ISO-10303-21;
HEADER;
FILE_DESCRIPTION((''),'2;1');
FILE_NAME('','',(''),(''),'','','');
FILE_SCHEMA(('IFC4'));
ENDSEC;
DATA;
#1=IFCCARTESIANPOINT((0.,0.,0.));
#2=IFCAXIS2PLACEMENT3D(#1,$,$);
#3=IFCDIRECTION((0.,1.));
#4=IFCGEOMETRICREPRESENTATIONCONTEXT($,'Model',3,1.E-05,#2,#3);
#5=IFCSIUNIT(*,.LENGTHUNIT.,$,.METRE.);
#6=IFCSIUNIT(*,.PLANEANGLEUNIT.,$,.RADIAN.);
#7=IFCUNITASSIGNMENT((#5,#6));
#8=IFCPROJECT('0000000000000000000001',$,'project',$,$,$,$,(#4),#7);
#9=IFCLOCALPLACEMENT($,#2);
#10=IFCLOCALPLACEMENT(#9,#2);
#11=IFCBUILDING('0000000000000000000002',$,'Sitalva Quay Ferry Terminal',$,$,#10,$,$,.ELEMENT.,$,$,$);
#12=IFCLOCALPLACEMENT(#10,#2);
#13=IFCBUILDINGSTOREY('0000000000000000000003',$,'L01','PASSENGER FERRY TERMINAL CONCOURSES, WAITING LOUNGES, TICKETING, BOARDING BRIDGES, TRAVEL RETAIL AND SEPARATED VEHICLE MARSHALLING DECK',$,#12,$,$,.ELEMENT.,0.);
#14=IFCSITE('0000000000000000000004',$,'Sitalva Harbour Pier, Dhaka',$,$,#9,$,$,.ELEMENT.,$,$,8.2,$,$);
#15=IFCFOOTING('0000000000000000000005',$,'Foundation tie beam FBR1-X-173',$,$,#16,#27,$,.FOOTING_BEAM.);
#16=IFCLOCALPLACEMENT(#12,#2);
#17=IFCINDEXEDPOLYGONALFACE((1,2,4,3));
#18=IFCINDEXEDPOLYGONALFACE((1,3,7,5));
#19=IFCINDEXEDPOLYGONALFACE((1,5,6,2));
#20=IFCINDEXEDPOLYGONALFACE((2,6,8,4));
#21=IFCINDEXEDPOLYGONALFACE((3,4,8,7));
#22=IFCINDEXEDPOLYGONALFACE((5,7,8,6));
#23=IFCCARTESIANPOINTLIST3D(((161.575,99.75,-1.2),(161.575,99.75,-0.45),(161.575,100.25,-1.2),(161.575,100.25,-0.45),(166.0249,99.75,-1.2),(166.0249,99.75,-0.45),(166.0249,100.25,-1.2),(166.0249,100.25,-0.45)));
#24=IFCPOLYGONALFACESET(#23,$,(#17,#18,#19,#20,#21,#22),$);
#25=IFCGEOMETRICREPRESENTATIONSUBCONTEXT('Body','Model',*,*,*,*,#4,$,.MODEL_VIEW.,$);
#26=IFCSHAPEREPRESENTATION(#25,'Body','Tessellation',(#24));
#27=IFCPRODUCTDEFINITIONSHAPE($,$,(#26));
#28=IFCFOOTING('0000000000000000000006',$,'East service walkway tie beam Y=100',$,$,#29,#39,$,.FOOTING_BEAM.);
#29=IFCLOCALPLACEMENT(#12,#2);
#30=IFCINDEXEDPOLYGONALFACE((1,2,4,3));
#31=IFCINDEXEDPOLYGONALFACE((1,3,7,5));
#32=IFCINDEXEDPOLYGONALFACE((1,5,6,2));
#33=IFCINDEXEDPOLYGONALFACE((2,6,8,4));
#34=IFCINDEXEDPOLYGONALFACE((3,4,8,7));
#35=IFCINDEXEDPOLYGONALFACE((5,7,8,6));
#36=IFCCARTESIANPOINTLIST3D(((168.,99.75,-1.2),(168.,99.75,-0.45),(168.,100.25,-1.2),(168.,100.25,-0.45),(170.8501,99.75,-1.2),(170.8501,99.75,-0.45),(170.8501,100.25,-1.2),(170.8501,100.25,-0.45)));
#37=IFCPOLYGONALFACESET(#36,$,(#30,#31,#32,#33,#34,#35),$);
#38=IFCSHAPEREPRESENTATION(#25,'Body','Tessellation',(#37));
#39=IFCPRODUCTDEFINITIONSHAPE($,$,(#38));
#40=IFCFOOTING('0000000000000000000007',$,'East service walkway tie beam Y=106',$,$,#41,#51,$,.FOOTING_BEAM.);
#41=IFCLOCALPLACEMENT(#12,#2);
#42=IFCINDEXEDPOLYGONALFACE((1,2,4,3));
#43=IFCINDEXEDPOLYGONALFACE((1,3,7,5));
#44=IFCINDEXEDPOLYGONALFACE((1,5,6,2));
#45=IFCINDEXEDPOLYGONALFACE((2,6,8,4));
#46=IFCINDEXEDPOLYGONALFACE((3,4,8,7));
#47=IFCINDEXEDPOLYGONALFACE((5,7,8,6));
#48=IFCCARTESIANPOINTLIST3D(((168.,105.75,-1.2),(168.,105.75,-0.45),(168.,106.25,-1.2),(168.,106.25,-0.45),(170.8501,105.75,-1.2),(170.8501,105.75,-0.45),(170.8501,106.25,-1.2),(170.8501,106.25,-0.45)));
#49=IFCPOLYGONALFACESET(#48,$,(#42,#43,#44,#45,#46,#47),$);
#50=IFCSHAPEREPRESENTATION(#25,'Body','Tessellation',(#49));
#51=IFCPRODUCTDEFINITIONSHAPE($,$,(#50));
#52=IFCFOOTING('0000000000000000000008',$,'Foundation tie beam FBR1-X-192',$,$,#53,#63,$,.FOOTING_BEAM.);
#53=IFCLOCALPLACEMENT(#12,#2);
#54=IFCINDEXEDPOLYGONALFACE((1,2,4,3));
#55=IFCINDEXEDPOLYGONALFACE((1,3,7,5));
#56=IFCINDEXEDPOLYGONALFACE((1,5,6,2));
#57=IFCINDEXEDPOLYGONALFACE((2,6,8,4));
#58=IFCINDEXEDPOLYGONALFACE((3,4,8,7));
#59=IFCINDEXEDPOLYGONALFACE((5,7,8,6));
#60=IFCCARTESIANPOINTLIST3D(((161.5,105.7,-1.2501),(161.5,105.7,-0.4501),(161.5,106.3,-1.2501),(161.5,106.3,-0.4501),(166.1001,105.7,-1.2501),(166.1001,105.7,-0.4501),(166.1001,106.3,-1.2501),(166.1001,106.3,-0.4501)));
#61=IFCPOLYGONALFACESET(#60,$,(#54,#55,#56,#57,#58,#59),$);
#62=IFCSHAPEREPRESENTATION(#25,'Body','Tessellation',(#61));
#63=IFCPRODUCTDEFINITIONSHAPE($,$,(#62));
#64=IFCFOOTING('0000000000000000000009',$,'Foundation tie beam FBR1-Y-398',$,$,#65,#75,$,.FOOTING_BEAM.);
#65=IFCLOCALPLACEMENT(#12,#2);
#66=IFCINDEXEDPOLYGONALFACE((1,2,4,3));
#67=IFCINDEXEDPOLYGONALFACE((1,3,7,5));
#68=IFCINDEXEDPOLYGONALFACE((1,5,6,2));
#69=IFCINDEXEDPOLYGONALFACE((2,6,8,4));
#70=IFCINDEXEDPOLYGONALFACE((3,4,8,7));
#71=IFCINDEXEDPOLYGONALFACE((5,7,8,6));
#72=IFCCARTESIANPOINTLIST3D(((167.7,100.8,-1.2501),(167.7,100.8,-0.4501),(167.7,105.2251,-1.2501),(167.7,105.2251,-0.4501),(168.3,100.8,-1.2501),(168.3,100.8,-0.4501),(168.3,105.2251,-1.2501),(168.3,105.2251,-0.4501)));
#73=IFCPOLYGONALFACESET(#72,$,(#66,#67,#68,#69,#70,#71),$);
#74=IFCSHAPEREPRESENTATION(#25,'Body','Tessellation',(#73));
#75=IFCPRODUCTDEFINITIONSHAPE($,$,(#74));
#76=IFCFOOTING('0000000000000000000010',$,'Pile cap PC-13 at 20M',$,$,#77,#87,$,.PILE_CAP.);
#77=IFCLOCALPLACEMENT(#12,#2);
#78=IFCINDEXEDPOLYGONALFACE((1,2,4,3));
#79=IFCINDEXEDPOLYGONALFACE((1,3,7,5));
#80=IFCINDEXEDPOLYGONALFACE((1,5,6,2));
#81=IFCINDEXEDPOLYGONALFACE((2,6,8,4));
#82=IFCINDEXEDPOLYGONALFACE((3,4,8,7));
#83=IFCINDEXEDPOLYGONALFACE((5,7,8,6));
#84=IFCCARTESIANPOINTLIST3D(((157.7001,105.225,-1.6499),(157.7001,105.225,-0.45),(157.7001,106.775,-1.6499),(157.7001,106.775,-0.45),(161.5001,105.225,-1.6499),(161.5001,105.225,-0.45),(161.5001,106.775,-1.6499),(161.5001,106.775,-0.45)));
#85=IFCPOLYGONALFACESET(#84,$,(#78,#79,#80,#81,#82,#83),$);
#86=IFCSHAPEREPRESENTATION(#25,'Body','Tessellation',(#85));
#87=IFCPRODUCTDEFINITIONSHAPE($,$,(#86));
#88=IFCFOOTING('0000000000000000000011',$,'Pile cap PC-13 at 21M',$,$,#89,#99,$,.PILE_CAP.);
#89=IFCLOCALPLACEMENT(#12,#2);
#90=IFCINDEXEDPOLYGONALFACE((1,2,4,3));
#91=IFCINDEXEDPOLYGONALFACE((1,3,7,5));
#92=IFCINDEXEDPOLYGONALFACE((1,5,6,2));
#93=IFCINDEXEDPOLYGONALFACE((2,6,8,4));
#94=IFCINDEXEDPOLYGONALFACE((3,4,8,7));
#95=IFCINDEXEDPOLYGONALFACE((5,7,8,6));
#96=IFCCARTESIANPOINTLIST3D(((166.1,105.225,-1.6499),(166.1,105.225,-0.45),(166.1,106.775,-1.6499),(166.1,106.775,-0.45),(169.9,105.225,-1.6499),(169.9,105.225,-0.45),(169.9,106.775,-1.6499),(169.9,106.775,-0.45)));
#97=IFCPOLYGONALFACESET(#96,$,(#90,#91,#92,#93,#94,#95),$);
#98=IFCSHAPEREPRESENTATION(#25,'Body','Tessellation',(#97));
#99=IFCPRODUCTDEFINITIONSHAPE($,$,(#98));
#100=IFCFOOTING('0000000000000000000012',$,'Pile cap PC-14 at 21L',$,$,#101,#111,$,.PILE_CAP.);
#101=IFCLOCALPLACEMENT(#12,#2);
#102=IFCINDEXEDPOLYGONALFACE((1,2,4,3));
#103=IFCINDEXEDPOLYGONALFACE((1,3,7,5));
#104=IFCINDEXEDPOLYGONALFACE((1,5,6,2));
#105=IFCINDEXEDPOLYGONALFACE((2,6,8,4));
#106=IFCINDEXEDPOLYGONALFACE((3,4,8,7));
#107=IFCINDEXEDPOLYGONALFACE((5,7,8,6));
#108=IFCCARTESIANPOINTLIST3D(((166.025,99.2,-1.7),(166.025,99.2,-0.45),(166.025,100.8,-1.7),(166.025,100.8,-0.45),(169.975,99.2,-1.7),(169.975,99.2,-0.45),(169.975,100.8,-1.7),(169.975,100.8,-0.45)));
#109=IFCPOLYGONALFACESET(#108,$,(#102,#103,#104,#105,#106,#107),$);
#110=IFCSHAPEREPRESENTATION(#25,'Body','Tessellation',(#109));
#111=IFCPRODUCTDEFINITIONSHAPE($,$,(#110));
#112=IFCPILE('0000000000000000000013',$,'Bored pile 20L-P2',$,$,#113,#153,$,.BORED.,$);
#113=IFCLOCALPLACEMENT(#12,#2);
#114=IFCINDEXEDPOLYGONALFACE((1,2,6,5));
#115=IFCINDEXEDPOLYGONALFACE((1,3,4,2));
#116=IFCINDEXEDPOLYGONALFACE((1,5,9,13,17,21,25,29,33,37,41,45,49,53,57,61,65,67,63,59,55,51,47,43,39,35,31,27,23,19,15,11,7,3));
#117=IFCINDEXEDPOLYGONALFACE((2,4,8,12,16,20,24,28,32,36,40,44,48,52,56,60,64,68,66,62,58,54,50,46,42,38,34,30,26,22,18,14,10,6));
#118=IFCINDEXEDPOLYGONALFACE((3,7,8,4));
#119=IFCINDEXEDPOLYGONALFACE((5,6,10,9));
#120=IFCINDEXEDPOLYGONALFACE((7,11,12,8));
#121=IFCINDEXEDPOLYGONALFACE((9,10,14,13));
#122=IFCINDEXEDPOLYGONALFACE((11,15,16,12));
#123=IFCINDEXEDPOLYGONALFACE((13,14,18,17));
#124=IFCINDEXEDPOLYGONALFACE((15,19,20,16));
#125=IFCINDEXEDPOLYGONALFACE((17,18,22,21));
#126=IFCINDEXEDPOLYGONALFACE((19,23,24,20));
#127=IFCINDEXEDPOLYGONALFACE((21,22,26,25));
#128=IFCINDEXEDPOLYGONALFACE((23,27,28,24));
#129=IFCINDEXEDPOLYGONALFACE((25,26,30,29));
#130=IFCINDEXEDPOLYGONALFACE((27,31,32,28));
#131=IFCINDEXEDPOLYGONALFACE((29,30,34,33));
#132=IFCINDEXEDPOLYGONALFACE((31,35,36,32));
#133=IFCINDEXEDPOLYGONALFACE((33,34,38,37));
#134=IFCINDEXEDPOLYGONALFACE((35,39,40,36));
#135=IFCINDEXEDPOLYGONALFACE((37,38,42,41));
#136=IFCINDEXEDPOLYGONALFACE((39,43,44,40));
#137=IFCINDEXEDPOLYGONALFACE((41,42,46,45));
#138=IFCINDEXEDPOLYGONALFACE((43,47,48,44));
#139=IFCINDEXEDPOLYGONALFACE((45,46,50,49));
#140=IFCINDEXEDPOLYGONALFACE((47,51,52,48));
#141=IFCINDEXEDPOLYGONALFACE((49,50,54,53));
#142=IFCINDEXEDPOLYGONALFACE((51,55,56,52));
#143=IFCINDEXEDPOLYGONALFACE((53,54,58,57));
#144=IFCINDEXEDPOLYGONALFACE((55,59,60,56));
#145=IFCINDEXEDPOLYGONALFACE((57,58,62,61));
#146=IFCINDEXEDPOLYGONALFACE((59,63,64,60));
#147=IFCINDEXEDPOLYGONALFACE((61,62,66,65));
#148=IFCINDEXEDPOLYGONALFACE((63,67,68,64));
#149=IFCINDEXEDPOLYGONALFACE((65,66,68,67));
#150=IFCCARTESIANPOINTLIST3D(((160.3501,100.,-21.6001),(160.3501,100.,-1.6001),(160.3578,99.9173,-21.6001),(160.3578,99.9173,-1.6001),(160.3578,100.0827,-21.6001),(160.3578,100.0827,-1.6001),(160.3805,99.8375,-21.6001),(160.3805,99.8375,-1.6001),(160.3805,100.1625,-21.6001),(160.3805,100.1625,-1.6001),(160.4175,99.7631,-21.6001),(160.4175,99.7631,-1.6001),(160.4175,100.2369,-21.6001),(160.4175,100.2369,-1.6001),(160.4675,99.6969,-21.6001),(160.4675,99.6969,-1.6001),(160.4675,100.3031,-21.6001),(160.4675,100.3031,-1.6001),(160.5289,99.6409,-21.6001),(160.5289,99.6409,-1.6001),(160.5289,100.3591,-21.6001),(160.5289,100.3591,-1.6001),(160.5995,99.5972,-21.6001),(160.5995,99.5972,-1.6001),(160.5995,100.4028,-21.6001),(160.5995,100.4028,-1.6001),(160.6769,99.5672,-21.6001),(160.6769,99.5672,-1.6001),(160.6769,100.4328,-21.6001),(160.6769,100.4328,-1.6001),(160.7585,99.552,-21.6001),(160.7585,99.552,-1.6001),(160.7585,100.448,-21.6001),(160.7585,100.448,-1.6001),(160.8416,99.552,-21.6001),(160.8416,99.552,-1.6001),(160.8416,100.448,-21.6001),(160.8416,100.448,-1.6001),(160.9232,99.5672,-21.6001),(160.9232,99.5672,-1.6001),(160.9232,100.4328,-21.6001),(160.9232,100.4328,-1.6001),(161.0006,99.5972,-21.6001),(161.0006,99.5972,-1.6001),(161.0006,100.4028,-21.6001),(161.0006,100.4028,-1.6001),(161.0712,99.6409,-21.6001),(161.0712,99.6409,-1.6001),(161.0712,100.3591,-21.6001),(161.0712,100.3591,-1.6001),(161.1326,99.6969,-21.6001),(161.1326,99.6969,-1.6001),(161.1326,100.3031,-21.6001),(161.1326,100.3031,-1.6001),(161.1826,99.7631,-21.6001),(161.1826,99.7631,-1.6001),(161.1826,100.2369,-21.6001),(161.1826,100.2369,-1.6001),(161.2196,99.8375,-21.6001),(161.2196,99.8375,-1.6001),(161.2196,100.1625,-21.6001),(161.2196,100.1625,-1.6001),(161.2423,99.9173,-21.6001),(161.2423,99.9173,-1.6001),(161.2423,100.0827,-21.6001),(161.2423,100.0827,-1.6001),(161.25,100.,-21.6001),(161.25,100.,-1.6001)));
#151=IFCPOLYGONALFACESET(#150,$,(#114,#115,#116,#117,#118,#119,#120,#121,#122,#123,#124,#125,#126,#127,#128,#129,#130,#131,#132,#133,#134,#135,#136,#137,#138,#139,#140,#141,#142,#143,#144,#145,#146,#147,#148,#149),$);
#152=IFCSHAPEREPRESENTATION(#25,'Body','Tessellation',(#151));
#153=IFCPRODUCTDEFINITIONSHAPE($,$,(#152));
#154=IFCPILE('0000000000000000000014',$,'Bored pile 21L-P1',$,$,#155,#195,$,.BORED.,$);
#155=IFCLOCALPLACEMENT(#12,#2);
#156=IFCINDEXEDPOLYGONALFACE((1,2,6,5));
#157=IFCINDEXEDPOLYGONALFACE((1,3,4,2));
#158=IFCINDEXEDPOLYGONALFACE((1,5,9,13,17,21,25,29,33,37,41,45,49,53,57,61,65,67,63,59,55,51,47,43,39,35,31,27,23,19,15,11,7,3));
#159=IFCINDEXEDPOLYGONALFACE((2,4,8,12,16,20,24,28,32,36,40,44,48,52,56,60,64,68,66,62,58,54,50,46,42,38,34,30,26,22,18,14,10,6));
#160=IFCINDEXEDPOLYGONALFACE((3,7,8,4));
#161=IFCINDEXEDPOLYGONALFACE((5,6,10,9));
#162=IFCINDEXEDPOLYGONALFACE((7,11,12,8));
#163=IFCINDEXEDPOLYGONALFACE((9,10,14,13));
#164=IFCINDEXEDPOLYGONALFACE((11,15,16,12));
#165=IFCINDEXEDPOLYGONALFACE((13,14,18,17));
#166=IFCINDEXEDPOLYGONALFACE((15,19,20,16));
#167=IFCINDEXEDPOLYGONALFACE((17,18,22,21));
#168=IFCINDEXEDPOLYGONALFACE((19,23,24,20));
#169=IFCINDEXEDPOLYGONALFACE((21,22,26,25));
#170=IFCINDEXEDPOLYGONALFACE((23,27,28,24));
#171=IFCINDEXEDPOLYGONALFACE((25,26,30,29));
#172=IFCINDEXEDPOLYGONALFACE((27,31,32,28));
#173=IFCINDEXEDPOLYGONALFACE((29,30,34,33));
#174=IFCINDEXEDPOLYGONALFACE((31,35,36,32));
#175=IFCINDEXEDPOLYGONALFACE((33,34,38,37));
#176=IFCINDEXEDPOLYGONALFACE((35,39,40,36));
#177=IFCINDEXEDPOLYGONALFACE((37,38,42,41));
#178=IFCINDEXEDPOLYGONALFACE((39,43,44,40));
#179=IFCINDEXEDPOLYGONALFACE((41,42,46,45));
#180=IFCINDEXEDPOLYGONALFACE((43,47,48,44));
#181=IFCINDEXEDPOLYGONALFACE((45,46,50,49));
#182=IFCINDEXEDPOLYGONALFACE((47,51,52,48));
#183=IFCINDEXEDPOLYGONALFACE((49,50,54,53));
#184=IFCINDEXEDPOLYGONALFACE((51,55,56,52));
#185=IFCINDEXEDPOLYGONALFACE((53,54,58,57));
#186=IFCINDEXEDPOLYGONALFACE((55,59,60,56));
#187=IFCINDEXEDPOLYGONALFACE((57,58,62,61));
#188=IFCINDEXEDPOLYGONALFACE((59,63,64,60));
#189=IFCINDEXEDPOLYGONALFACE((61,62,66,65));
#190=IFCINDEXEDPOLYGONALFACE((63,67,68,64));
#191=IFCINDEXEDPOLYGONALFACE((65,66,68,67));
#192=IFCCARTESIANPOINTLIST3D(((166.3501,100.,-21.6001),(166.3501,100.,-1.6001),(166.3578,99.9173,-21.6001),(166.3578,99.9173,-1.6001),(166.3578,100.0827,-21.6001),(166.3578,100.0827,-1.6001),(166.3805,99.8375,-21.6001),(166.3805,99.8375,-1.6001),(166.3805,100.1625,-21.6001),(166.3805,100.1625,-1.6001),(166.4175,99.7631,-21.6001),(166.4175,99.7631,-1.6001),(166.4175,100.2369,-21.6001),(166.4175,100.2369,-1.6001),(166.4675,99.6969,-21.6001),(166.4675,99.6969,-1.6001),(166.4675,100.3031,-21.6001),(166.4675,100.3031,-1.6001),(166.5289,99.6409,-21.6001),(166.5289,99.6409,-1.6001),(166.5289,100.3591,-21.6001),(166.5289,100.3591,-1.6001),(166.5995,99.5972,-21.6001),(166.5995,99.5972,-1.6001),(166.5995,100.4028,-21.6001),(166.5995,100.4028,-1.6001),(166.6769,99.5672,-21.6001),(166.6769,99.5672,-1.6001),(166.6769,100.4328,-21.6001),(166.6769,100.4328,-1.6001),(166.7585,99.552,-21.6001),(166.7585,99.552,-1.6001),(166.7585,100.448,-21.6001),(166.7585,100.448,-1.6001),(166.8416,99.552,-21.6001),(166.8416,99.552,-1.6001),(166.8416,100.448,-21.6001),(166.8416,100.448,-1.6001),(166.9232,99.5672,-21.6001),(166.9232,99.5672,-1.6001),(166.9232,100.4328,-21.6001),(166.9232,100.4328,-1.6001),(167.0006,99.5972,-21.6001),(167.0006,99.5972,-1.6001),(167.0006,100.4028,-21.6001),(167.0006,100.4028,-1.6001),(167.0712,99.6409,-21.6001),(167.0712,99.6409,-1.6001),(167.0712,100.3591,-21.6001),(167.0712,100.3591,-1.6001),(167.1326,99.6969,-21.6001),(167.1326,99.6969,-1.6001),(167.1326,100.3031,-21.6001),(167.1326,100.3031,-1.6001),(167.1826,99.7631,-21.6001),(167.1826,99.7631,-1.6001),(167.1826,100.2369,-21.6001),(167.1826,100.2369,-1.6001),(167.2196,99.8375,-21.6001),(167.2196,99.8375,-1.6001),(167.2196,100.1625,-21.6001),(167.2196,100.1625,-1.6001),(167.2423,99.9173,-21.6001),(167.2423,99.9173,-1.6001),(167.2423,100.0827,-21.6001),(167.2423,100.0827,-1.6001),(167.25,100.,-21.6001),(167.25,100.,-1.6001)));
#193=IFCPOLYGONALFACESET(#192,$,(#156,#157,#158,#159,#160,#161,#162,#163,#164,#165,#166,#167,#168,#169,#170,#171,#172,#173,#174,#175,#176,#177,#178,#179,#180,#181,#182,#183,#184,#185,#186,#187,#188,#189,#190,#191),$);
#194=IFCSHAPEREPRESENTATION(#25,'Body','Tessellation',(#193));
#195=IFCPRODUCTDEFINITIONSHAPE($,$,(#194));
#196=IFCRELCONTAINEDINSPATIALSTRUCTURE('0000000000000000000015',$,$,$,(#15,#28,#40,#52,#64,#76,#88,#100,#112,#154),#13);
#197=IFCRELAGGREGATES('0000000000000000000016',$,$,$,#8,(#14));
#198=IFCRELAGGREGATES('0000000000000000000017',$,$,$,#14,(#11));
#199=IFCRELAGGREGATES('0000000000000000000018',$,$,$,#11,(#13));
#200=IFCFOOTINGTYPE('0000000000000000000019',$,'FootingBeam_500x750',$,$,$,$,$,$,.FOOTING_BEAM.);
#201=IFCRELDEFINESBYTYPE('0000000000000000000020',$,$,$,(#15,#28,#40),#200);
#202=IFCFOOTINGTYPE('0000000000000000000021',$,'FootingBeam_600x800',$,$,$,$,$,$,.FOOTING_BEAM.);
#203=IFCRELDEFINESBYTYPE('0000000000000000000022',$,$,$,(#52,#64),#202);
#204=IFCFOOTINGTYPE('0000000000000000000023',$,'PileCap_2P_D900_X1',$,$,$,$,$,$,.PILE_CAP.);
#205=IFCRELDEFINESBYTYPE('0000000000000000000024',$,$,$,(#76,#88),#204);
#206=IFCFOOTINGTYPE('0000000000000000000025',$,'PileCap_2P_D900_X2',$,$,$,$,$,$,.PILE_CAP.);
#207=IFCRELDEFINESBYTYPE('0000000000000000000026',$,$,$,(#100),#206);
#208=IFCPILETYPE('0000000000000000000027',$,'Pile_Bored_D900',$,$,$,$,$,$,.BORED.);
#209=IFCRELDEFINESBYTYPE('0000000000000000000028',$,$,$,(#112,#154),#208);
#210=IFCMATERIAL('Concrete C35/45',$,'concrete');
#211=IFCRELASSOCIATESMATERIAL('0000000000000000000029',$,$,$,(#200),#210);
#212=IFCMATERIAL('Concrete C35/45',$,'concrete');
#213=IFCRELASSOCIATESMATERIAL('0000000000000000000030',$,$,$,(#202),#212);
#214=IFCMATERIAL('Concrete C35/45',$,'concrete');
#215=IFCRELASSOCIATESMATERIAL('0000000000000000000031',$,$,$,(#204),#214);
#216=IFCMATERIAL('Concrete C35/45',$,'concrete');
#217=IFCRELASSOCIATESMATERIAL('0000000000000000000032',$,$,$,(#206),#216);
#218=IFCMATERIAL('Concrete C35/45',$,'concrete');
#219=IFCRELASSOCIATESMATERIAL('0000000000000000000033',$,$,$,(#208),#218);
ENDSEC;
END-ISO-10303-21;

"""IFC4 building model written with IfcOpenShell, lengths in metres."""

from ifc_helpers import new_model, si_unit, direction, frame, origin, origin_2d, place, context, subcontext, project, spatial, rectangle, circle, extrude, material, material_profile, profile_set, type_object, element, save


model = new_model("IFC4")

# Units and contexts
model_context = context("Model", 3, precision=1e-05, world=origin(), true_north=direction((0.0, 1.0)))
body_context = subcontext(model_context, "Body", "Model", "MODEL_VIEW")
ifc_project = project(units=[si_unit("LENGTHUNIT", "METRE"), si_unit("PLANEANGLEUNIT", "RADIAN")], contexts=[model_context])

# Site, building, storey
site_placement = place(None, origin())
site = spatial("IfcSite", under=ifc_project, at=site_placement, Name="Sitalva Harbour Pier, Dhaka", CompositionType="ELEMENT", RefElevation=8.2)
building_placement = place(site_placement, origin())
building = spatial("IfcBuilding", under=site, at=building_placement, Name="Sitalva Quay Ferry Terminal", CompositionType="ELEMENT")
storey_placement = place(building_placement, origin())
storey = spatial("IfcBuildingStorey", under=building, at=storey_placement, Name="L01", Description="PASSENGER FERRY TERMINAL CONCOURSES, WAITING LOUNGES, TICKETING, BOARDING BRIDGES, TRAVEL RETAIL AND SEPARATED VEHICLE MARSHALLING DECK", CompositionType="ELEMENT", Elevation=0.0)

# Footings
ifc_material_1 = material(Name="Concrete C35/45", Category="concrete")
ifc_material_profile_1 = material_profile(ifc_material_1, rectangle(XDim=0.5, YDim=0.75, at=origin_2d()), Name="RC500x750")
ifc_profile_set_1 = profile_set([ifc_material_profile_1], Name="Concrete C35/45")
footing_type_1 = type_object("IfcFootingType", Name="FootingBeam_500x750", PredefinedType="FOOTING_BEAM", material=ifc_profile_set_1)
footing_1_placement = place(storey_placement, frame((161.575, 100.0, -0.825), z_axis=(1.0, 0.0, 0.0), x_axis=(0.0, 1.0, 0.0)))
element("IfcFooting", 1, at=footing_1_placement, inside=storey, type_object=footing_type_1, Name="Foundation tie beam FBR1-X-173", PredefinedType="FOOTING_BEAM", context=body_context, shape_type="SweptSolid", body=[
    extrude(rectangle(XDim=0.5, YDim=0.75, at=origin_2d()), origin(), (0.0, 0.0, 1.0), 4.45),
])
for number, where, z_axis, x_axis, name in (
    (2, (168.0, 100.0, -0.825), (1.0, 0.0, 0.0), (0.0, 1.0, 0.0), "East service walkway tie beam Y=100"),
    (3, (168.0, 106.0, -0.825), (1.0, 0.0, 0.0), (0.0, 1.0, 0.0), "East service walkway tie beam Y=106"),
):
    element("IfcFooting", number, at=place(storey_placement, frame(where, z_axis=z_axis, x_axis=x_axis)), inside=storey, type_object=footing_type_1, Name=name, PredefinedType="FOOTING_BEAM", context=body_context, shape_type="SweptSolid", body=[
        extrude(rectangle(XDim=0.5, YDim=0.75, at=origin_2d()), origin(), (0.0, 0.0, 1.0), 2.8501),
    ])
ifc_material_2 = material(Name="Concrete C35/45", Category="concrete")
ifc_material_profile_2 = material_profile(ifc_material_2, rectangle(XDim=0.6001, YDim=0.8, at=origin_2d()), Name="RC600x800")
ifc_profile_set_2 = profile_set([ifc_material_profile_2], Name="Concrete C35/45")
footing_type_2 = type_object("IfcFootingType", Name="FootingBeam_600x800", PredefinedType="FOOTING_BEAM", material=ifc_profile_set_2)
footing_2_placement = place(storey_placement, frame((161.5, 106.0, -0.8501), z_axis=(1.0, 0.0, 0.0), x_axis=(0.0, 1.0, 0.0)))
element("IfcFooting", 4, at=footing_2_placement, inside=storey, type_object=footing_type_2, Name="Foundation tie beam FBR1-X-192", PredefinedType="FOOTING_BEAM", context=body_context, shape_type="SweptSolid", body=[
    extrude(rectangle(XDim=0.6001, YDim=0.8, at=origin_2d()), origin(), (0.0, 0.0, 1.0), 4.6001),
])
footing_3_placement = place(storey_placement, frame((168.0, 100.8, -0.8501), z_axis=(0.0, 1.0, 0.0), x_axis=(-1.0, 0.0, 0.0)))
element("IfcFooting", 5, at=footing_3_placement, inside=storey, type_object=footing_type_2, Name="Foundation tie beam FBR1-Y-398", PredefinedType="FOOTING_BEAM", context=body_context, shape_type="SweptSolid", body=[
    extrude(rectangle(XDim=0.6001, YDim=0.8, at=origin_2d()), origin(), (0.0, 0.0, 1.0), 4.425),
])
ifc_material_3 = material(Name="Concrete C35/45", Category="concrete")
footing_type_3 = type_object("IfcFootingType", Name="PileCap_2P_D900_X1", PredefinedType="PILE_CAP", material=ifc_material_3)
for number, where, z_axis, x_axis, name in (
    (6, (159.6001, 106.0, -1.6499), (0.0, 0.0, 1.0), (1.0, 0.0, 0.0), "Pile cap PC-13 at 20M"),
    (7, (168.0, 106.0, -1.6499), (0.0, 0.0, 1.0), (1.0, 0.0, 0.0), "Pile cap PC-13 at 21M"),
):
    element("IfcFooting", number, at=place(storey_placement, frame(where, z_axis=z_axis, x_axis=x_axis)), inside=storey, type_object=footing_type_3, Name=name, PredefinedType="PILE_CAP", context=body_context, shape_type="SweptSolid", body=[
        extrude(rectangle(XDim=3.8, YDim=1.55, at=origin_2d()), origin(), (0.0, 0.0, 1.0), 1.2),
    ])
ifc_material_4 = material(Name="Concrete C35/45", Category="concrete")
footing_type_4 = type_object("IfcFootingType", Name="PileCap_2P_D900_X2", PredefinedType="PILE_CAP", material=ifc_material_4)
footing_4_placement = place(storey_placement, frame((168.0, 100.0, -1.7), z_axis=(0.0, 0.0, 1.0), x_axis=(1.0, 0.0, 0.0)))
element("IfcFooting", 8, at=footing_4_placement, inside=storey, type_object=footing_type_4, Name="Pile cap PC-14 at 21L", PredefinedType="PILE_CAP", context=body_context, shape_type="SweptSolid", body=[
    extrude(rectangle(XDim=3.95, YDim=1.6001, at=origin_2d()), origin(), (0.0, 0.0, 1.0), 1.25),
])

# Piles
ifc_material_5 = material(Name="Concrete C35/45", Category="concrete")
ifc_material_profile_3 = material_profile(ifc_material_5, circle(Radius=0.45, at=origin_2d()), Name="PILE-D900")
ifc_profile_set_3 = profile_set([ifc_material_profile_3], Name="Concrete C35/45")
pile_type = type_object("IfcPileType", Name="Pile_Bored_D900", PredefinedType="BORED", material=ifc_profile_set_3)
for number, where, z_axis, x_axis, name in (
    (9, (160.8, 100.0, -1.6001), (0.0, 0.0, -1.0), (1.0, 0.0, 0.0), "Bored pile 20L-P2"),
    (10, (166.8, 100.0, -1.6001), (0.0, 0.0, -1.0), (1.0, 0.0, 0.0), "Bored pile 21L-P1"),
):
    element("IfcPile", number, at=place(storey_placement, frame(where, z_axis=z_axis, x_axis=x_axis)), inside=storey, type_object=pile_type, Name=name, PredefinedType="BORED", context=body_context, shape_type="SweptSolid", body=[
        extrude(circle(Radius=0.45, at=origin_2d()), origin(), (0.0, 0.0, 1.0), 20.0),
    ])

save(model, "model.ifc")
